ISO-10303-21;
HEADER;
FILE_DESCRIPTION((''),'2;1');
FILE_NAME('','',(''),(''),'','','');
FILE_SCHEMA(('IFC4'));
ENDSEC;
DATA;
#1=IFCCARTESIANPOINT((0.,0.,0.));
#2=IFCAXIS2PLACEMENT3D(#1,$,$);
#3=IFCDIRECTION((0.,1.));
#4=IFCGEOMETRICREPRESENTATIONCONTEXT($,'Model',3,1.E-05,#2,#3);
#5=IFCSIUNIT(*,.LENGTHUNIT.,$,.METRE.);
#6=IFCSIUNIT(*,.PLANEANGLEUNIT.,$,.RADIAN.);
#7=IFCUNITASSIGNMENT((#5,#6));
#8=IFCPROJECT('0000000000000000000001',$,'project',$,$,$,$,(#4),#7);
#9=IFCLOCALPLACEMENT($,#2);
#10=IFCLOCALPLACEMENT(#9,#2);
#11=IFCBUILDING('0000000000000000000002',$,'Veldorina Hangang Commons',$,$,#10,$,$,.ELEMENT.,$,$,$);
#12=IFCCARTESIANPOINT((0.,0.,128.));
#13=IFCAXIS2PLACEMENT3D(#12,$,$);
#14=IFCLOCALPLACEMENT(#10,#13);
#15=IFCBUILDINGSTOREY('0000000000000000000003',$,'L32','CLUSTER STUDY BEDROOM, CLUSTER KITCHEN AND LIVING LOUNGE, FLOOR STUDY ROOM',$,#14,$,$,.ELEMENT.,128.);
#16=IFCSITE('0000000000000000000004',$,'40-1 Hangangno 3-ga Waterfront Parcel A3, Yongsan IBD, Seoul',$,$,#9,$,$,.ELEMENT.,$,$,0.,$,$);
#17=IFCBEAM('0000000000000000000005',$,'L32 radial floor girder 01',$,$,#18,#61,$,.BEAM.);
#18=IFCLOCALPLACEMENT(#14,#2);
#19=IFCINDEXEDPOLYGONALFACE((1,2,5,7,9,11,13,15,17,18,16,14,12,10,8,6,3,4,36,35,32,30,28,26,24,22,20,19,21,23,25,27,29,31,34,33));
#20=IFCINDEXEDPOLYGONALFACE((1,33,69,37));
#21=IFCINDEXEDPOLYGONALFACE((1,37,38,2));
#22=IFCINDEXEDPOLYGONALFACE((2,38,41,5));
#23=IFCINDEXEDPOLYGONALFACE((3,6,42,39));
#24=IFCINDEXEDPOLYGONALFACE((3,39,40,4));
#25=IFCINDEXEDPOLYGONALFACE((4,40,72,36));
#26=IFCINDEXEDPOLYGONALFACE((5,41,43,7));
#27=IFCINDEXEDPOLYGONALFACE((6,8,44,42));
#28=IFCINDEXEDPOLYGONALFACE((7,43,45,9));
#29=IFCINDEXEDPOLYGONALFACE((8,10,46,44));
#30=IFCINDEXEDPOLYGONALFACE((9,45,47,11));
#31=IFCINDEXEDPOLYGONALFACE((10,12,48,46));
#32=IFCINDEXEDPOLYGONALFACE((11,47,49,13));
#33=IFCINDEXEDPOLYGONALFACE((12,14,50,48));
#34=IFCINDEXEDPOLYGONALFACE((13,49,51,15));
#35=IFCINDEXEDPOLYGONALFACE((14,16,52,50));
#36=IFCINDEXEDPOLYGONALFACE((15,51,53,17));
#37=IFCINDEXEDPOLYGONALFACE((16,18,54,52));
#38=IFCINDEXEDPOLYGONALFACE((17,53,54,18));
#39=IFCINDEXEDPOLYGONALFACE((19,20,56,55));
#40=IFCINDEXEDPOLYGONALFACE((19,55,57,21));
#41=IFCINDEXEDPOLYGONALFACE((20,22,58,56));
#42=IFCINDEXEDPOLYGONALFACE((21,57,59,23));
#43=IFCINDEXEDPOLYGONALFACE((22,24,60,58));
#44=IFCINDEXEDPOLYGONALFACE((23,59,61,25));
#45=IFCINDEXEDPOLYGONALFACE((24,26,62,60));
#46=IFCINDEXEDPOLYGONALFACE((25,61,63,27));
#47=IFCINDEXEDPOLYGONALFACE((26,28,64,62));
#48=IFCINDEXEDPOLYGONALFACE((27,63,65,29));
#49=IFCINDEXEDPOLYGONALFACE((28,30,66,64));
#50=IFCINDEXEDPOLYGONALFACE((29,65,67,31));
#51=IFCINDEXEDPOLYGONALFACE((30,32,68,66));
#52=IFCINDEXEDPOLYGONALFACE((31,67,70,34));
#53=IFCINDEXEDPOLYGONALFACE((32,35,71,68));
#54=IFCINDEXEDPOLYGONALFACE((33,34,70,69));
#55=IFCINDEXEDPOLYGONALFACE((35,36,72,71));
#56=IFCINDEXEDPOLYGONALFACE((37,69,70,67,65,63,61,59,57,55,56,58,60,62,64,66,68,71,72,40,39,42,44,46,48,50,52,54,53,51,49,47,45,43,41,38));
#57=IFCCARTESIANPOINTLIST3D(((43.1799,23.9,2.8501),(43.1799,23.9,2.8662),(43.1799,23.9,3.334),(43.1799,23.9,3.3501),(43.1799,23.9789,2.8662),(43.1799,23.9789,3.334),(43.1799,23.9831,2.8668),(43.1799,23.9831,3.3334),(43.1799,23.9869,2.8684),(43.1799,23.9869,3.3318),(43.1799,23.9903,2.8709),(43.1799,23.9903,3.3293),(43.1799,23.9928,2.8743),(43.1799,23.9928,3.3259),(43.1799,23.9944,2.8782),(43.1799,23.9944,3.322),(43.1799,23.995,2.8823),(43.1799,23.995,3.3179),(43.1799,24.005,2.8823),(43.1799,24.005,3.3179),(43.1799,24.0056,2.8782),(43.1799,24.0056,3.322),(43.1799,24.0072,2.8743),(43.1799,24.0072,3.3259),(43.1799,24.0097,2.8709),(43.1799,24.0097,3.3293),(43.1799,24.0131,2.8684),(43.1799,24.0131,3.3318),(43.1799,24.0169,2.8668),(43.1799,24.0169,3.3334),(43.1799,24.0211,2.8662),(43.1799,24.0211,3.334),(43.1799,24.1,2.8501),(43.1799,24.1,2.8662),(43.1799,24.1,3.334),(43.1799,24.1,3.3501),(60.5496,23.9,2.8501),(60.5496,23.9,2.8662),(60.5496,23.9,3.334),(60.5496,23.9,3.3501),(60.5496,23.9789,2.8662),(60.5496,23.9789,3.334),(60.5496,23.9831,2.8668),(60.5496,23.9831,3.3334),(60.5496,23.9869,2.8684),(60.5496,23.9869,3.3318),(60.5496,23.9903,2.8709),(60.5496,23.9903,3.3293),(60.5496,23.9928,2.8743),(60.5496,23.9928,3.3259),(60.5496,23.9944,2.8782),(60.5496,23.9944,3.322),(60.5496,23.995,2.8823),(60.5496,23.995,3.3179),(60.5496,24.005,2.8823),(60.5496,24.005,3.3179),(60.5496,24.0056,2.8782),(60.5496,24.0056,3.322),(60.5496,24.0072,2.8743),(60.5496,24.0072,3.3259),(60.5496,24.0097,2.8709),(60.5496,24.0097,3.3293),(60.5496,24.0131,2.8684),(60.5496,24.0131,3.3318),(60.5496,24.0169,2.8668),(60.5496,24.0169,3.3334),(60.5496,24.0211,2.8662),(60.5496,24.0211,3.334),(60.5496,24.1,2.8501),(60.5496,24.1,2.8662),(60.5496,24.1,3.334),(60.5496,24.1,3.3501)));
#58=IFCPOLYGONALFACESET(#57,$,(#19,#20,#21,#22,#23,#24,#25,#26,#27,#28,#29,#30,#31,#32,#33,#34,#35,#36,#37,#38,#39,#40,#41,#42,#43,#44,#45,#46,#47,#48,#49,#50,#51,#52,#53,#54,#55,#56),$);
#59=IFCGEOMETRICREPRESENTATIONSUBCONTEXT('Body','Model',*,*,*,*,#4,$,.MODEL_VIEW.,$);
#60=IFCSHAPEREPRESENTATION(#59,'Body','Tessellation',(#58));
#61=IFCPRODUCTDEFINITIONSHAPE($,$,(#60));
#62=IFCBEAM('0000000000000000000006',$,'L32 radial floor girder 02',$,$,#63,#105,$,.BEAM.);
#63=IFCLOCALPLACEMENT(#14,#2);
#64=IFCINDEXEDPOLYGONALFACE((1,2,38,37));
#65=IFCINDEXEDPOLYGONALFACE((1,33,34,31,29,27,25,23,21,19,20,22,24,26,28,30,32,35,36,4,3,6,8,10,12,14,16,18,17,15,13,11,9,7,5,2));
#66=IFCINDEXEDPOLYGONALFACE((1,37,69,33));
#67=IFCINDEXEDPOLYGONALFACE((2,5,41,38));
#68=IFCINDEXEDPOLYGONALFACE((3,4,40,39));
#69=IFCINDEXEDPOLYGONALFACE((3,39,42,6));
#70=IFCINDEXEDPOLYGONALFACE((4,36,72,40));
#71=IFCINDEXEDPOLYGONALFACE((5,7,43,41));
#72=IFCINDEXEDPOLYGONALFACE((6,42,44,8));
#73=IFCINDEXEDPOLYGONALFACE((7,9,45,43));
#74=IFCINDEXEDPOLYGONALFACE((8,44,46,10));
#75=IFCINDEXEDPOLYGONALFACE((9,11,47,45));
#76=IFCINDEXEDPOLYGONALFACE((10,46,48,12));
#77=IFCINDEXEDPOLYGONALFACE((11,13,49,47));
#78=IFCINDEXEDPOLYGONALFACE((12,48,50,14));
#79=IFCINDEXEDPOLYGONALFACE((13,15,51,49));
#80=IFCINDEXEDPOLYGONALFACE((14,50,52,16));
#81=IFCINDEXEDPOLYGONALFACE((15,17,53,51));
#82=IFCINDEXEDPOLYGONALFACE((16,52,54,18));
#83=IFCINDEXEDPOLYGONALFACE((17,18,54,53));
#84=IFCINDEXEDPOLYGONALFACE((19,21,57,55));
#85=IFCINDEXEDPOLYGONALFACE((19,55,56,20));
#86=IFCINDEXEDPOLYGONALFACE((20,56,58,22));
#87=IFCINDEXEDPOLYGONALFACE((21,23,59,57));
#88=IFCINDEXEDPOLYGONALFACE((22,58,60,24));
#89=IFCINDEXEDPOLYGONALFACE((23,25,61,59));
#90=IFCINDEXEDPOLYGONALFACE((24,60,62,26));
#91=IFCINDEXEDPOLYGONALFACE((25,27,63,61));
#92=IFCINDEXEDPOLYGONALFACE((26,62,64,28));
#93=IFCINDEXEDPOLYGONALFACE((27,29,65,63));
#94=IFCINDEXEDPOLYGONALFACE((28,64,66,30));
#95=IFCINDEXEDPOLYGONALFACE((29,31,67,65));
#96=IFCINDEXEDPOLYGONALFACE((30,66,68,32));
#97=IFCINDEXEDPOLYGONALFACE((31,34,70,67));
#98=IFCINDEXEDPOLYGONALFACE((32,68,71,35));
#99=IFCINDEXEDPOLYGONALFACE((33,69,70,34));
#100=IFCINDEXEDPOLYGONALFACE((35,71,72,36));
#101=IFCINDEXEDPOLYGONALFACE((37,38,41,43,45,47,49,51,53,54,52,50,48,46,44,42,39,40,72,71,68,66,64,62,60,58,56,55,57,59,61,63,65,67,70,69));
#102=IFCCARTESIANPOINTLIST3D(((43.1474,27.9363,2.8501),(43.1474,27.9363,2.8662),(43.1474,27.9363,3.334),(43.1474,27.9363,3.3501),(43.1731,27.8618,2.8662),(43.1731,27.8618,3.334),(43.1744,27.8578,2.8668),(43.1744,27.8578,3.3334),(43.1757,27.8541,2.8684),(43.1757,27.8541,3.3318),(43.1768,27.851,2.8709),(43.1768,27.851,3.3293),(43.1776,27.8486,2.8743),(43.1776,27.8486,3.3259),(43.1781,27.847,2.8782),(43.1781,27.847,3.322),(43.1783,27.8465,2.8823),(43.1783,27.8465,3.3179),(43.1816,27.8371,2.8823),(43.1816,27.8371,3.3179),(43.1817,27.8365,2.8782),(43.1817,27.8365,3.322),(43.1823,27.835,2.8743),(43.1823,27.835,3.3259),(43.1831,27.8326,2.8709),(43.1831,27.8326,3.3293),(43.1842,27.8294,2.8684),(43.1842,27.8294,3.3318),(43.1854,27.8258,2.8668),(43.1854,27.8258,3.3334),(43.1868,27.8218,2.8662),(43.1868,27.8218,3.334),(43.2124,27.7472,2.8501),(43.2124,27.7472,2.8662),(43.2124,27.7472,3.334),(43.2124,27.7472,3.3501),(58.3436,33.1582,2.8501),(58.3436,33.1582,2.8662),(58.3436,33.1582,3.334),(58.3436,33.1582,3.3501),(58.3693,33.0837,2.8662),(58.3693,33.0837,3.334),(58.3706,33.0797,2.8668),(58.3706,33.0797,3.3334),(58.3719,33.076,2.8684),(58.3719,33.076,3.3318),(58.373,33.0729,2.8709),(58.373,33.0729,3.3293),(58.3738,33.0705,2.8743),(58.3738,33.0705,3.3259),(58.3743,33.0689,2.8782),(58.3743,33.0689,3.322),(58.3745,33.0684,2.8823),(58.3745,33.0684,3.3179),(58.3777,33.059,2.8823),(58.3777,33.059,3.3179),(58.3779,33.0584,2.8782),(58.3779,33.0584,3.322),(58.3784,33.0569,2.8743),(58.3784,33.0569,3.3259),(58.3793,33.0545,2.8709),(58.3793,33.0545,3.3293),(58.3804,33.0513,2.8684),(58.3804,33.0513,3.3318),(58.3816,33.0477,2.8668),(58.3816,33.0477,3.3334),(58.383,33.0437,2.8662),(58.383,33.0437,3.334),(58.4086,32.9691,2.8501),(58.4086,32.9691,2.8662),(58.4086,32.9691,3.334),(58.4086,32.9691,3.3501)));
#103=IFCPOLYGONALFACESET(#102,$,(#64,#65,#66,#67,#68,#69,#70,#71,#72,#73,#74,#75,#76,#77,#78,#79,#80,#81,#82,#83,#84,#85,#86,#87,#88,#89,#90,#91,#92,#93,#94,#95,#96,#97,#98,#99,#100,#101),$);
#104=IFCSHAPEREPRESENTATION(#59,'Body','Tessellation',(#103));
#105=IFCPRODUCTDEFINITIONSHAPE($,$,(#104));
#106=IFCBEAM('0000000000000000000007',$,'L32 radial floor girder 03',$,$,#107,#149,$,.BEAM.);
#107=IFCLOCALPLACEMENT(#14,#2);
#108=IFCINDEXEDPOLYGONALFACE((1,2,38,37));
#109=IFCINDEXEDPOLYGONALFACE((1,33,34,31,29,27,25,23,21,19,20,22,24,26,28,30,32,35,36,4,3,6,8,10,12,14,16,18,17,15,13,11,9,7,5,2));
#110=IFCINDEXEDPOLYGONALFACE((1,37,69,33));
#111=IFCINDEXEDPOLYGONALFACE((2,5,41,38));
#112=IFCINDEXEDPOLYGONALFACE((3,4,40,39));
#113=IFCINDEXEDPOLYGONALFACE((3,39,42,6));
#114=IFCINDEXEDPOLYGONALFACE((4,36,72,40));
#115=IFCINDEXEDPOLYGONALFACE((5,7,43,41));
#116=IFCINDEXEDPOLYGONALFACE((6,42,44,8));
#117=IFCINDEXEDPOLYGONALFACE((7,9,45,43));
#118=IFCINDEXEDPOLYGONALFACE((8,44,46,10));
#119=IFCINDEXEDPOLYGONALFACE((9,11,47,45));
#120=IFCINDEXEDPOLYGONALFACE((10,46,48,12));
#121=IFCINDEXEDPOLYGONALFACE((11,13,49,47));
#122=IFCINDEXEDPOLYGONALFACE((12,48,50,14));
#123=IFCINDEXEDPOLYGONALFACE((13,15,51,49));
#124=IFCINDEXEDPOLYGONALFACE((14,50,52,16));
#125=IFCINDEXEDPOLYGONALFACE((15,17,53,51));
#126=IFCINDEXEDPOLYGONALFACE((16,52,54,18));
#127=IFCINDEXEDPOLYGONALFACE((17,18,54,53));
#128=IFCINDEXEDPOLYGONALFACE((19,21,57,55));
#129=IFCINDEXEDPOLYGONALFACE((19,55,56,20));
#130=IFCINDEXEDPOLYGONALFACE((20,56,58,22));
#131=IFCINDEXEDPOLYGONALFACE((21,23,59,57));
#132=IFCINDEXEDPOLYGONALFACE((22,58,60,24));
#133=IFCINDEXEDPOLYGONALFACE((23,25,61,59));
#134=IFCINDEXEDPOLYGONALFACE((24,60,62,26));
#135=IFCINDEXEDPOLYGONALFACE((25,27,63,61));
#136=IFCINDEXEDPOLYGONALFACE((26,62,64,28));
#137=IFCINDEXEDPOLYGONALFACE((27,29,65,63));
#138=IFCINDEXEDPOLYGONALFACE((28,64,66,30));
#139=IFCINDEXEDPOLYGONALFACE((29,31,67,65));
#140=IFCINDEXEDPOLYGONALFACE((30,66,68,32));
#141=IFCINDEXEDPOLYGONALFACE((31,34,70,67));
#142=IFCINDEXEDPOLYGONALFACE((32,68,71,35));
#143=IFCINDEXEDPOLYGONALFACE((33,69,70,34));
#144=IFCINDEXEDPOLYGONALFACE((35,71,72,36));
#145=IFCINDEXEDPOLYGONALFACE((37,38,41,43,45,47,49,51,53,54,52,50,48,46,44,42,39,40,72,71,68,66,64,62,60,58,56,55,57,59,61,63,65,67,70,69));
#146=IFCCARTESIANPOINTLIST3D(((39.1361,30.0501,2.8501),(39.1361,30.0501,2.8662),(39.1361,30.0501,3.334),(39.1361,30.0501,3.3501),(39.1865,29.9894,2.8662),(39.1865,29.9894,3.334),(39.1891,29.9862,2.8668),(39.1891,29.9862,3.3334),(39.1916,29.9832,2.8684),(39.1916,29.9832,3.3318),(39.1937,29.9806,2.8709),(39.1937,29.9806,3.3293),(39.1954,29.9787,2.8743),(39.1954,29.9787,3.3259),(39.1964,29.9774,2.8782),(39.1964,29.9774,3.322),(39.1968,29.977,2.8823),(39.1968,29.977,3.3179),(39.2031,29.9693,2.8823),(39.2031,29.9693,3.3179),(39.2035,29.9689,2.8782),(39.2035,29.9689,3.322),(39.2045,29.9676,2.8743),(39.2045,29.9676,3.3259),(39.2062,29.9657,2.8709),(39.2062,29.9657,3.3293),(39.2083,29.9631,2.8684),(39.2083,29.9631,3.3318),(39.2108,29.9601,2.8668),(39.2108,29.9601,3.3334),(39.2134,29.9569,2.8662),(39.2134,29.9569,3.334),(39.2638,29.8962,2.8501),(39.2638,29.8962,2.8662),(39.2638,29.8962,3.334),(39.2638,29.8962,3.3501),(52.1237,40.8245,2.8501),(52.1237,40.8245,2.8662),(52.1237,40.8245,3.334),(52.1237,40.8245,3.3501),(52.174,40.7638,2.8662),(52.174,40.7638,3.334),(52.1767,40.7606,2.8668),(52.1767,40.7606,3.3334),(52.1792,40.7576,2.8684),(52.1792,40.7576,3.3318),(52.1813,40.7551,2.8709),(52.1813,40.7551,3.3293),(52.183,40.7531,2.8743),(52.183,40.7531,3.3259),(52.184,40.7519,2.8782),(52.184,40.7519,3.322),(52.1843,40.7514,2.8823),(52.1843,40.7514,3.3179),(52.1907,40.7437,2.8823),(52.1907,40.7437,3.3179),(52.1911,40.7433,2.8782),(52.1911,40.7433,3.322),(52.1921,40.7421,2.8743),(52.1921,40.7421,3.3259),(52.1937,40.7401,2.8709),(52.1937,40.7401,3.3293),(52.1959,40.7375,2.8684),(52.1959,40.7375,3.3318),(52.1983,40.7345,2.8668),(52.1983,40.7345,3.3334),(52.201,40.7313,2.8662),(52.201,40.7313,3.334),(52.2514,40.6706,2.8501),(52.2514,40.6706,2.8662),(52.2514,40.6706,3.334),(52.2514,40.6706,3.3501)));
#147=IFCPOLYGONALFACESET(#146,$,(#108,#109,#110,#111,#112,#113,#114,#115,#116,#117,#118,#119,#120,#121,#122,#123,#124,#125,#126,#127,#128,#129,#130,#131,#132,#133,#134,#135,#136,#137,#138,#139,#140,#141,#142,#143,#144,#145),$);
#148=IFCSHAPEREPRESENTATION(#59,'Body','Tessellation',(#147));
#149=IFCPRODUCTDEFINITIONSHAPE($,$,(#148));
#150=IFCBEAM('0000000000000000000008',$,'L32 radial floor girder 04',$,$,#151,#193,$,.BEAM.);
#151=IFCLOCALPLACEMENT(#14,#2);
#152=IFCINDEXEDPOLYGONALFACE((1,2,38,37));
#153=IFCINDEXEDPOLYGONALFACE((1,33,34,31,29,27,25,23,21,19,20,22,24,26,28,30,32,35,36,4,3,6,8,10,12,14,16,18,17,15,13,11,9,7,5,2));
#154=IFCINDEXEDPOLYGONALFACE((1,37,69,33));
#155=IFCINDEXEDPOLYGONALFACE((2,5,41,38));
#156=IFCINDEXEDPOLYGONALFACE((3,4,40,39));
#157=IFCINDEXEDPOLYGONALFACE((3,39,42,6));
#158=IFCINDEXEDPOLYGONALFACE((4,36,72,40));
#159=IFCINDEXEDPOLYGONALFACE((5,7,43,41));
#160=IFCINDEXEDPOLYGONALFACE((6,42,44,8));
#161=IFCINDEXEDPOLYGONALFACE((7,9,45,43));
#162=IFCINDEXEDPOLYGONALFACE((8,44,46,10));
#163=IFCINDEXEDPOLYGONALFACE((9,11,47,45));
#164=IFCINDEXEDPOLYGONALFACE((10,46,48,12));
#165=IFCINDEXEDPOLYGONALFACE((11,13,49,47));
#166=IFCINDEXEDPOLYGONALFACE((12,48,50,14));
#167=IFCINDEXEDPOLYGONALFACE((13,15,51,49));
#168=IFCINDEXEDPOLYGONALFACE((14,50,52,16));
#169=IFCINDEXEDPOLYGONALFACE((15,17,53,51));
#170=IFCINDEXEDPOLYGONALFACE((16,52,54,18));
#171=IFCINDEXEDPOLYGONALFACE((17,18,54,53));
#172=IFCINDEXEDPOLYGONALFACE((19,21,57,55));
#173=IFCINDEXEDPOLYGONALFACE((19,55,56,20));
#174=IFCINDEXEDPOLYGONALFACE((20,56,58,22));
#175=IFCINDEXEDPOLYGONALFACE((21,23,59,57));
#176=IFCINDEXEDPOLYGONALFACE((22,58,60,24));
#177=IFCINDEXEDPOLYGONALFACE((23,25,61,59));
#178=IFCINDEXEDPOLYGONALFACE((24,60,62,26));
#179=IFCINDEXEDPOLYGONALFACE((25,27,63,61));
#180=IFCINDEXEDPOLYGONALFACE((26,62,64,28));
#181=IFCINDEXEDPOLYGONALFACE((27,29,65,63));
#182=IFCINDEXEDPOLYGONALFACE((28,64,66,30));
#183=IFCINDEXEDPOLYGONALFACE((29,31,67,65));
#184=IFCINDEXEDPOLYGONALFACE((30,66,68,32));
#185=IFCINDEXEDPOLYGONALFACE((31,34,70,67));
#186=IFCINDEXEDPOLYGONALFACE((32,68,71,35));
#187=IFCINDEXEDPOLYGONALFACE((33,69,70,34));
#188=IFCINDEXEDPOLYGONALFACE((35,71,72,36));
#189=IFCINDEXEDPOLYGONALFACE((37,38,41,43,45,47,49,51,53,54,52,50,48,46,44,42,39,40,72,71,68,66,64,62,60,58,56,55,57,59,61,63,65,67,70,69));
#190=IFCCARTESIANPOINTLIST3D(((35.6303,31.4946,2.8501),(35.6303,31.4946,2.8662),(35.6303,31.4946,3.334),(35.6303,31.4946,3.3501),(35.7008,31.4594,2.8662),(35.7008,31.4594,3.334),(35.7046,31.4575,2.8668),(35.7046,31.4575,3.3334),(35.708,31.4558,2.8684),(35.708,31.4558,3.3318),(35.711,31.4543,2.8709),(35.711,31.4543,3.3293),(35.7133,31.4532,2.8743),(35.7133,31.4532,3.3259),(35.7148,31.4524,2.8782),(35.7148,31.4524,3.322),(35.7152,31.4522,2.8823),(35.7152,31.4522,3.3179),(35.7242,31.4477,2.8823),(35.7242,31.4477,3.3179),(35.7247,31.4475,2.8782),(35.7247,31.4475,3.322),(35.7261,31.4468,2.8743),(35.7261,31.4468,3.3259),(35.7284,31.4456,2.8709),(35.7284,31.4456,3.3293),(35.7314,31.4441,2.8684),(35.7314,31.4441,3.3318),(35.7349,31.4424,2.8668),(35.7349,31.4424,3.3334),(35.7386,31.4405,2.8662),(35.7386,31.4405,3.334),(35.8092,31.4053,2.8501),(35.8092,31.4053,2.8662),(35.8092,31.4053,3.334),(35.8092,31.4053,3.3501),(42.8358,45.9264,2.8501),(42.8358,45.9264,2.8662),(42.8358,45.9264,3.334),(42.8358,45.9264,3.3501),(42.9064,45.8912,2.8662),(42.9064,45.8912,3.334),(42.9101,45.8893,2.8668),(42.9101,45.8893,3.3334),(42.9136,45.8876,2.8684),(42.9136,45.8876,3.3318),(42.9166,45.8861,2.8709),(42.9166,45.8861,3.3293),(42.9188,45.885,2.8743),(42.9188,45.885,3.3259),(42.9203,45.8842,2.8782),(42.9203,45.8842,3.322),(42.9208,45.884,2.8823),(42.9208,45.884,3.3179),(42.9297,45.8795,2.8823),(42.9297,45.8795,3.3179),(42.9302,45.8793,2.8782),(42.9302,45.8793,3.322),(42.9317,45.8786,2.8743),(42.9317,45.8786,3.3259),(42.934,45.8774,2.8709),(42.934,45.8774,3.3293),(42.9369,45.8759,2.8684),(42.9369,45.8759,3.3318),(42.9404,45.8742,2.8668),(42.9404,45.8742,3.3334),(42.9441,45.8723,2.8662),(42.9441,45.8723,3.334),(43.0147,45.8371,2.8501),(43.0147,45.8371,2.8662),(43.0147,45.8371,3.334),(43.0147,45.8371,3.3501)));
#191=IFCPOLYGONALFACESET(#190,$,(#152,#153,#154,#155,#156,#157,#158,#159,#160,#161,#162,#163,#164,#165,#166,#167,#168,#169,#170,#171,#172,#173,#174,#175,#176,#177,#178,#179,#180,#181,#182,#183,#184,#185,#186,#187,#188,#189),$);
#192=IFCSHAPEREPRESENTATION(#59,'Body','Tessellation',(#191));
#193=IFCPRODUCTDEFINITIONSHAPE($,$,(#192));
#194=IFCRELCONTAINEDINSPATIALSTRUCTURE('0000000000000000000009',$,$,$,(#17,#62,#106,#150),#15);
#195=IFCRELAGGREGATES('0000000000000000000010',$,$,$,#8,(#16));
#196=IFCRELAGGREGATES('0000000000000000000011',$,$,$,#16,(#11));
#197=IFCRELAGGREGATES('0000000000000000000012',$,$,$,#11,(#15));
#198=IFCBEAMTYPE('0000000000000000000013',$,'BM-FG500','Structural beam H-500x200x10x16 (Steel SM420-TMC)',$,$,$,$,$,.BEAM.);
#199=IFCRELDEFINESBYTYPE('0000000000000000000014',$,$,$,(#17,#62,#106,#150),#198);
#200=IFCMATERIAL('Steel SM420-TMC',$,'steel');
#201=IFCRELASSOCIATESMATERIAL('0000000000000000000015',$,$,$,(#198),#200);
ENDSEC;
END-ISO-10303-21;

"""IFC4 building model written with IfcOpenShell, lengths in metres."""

from ifc_helpers import new_model, si_unit, direction, frame, origin, origin_2d, place, context, subcontext, project, spatial, i_section, extrude, material, material_profile, profile_set, type_object, element, save


model = new_model("IFC4")

# Units and contexts
model_context = context("Model", 3, precision=1e-05, world=origin(), true_north=direction((0.0, 1.0)))
body_context = subcontext(model_context, "Body", "Model", "MODEL_VIEW")
ifc_project = project(units=[si_unit("LENGTHUNIT", "METRE"), si_unit("PLANEANGLEUNIT", "RADIAN")], contexts=[model_context])

# Site, building, storey
site_placement = place(None, origin())
site = spatial("IfcSite", under=ifc_project, at=site_placement, Name="40-1 Hangangno 3-ga Waterfront Parcel A3, Yongsan IBD, Seoul", CompositionType="ELEMENT", RefElevation=0.0)
building_placement = place(site_placement, origin())
building = spatial("IfcBuilding", under=site, at=building_placement, Name="Veldorina Hangang Commons", CompositionType="ELEMENT")
storey_placement = place(building_placement, frame((0.0, 0.0, 128.0)))
storey = spatial("IfcBuildingStorey", under=building, at=storey_placement, Name="L32", Description="CLUSTER STUDY BEDROOM, CLUSTER KITCHEN AND LIVING LOUNGE, FLOOR STUDY ROOM", CompositionType="ELEMENT", Elevation=128.0)

# Beams
ifc_material_1 = material(Name="Steel SM420-TMC", Category="steel")
ifc_material_profile = material_profile(ifc_material_1, i_section(OverallWidth=0.2, OverallDepth=0.5, WebThickness=0.01, FlangeThickness=0.0161, FilletRadius=0.0161, at=origin_2d()), Name="H-500x200x10x16")
ifc_profile_set = profile_set([ifc_material_profile], Name="Steel SM420-TMC")
beam_type = type_object("IfcBeamType", Name="BM-FG500", Description="Structural beam H-500x200x10x16 (Steel SM420-TMC)", PredefinedType="BEAM", material=ifc_profile_set)
beam_1_placement = place(storey_placement, frame((43.1799, 24.0, 3.1001), z_axis=(1.0, 0.0, 0.0), x_axis=(0.0, 1.0, 0.0)))
element("IfcBeam", 1, at=beam_1_placement, inside=storey, type_object=beam_type, Name="L32 radial floor girder 01", PredefinedType="BEAM", context=body_context, shape_type="SweptSolid", body=[
    extrude(i_section(OverallWidth=0.2, OverallDepth=0.5, WebThickness=0.01, FlangeThickness=0.0161, FilletRadius=0.0161, at=origin_2d()), origin(), (0.0, 0.0, 1.0), 17.3696),
])
beam_2_placement = place(storey_placement, frame((43.1799, 27.8418, 3.1001), z_axis=(0.945721, 0.32498, 0.0), x_axis=(-0.32498, 0.945721, 0.0)))
element("IfcBeam", 2, at=beam_2_placement, inside=storey, type_object=beam_type, Name="L32 radial floor girder 02", PredefinedType="BEAM", context=body_context, shape_type="SweptSolid", body=[
    extrude(i_section(OverallWidth=0.2, OverallDepth=0.5, WebThickness=0.01, FlangeThickness=0.0161, FilletRadius=0.0161, at=origin_2d()), origin(), (0.0, 0.0, 1.0), 16.0684),
])
beam_3_placement = place(storey_placement, frame((39.2, 29.9731, 3.1001), z_axis=(0.769634, 0.638485, 0.0), x_axis=(-0.638485, 0.769634, 0.0)))
element("IfcBeam", 3, at=beam_3_placement, inside=storey, type_object=beam_type, Name="L32 radial floor girder 03", PredefinedType="BEAM", context=body_context, shape_type="SweptSolid", body=[
    extrude(i_section(OverallWidth=0.2, OverallDepth=0.5, WebThickness=0.01, FlangeThickness=0.0161, FilletRadius=0.0161, at=origin_2d()), origin(), (0.0, 0.0, 1.0), 16.875),
])
beam_4_placement = place(storey_placement, frame((35.7197, 31.45, 3.1001), z_axis=(0.446699, 0.894684, 0.0), x_axis=(-0.894684, 0.446699, 0.0)))
element("IfcBeam", 4, at=beam_4_placement, inside=storey, type_object=beam_type, Name="L32 radial floor girder 04", PredefinedType="BEAM", context=body_context, shape_type="SweptSolid", body=[
    extrude(i_section(OverallWidth=0.2, OverallDepth=0.5, WebThickness=0.01, FlangeThickness=0.0161, FilletRadius=0.0161, at=origin_2d()), origin(), (0.0, 0.0, 1.0), 16.1306),
])

save(model, "model.ifc")
